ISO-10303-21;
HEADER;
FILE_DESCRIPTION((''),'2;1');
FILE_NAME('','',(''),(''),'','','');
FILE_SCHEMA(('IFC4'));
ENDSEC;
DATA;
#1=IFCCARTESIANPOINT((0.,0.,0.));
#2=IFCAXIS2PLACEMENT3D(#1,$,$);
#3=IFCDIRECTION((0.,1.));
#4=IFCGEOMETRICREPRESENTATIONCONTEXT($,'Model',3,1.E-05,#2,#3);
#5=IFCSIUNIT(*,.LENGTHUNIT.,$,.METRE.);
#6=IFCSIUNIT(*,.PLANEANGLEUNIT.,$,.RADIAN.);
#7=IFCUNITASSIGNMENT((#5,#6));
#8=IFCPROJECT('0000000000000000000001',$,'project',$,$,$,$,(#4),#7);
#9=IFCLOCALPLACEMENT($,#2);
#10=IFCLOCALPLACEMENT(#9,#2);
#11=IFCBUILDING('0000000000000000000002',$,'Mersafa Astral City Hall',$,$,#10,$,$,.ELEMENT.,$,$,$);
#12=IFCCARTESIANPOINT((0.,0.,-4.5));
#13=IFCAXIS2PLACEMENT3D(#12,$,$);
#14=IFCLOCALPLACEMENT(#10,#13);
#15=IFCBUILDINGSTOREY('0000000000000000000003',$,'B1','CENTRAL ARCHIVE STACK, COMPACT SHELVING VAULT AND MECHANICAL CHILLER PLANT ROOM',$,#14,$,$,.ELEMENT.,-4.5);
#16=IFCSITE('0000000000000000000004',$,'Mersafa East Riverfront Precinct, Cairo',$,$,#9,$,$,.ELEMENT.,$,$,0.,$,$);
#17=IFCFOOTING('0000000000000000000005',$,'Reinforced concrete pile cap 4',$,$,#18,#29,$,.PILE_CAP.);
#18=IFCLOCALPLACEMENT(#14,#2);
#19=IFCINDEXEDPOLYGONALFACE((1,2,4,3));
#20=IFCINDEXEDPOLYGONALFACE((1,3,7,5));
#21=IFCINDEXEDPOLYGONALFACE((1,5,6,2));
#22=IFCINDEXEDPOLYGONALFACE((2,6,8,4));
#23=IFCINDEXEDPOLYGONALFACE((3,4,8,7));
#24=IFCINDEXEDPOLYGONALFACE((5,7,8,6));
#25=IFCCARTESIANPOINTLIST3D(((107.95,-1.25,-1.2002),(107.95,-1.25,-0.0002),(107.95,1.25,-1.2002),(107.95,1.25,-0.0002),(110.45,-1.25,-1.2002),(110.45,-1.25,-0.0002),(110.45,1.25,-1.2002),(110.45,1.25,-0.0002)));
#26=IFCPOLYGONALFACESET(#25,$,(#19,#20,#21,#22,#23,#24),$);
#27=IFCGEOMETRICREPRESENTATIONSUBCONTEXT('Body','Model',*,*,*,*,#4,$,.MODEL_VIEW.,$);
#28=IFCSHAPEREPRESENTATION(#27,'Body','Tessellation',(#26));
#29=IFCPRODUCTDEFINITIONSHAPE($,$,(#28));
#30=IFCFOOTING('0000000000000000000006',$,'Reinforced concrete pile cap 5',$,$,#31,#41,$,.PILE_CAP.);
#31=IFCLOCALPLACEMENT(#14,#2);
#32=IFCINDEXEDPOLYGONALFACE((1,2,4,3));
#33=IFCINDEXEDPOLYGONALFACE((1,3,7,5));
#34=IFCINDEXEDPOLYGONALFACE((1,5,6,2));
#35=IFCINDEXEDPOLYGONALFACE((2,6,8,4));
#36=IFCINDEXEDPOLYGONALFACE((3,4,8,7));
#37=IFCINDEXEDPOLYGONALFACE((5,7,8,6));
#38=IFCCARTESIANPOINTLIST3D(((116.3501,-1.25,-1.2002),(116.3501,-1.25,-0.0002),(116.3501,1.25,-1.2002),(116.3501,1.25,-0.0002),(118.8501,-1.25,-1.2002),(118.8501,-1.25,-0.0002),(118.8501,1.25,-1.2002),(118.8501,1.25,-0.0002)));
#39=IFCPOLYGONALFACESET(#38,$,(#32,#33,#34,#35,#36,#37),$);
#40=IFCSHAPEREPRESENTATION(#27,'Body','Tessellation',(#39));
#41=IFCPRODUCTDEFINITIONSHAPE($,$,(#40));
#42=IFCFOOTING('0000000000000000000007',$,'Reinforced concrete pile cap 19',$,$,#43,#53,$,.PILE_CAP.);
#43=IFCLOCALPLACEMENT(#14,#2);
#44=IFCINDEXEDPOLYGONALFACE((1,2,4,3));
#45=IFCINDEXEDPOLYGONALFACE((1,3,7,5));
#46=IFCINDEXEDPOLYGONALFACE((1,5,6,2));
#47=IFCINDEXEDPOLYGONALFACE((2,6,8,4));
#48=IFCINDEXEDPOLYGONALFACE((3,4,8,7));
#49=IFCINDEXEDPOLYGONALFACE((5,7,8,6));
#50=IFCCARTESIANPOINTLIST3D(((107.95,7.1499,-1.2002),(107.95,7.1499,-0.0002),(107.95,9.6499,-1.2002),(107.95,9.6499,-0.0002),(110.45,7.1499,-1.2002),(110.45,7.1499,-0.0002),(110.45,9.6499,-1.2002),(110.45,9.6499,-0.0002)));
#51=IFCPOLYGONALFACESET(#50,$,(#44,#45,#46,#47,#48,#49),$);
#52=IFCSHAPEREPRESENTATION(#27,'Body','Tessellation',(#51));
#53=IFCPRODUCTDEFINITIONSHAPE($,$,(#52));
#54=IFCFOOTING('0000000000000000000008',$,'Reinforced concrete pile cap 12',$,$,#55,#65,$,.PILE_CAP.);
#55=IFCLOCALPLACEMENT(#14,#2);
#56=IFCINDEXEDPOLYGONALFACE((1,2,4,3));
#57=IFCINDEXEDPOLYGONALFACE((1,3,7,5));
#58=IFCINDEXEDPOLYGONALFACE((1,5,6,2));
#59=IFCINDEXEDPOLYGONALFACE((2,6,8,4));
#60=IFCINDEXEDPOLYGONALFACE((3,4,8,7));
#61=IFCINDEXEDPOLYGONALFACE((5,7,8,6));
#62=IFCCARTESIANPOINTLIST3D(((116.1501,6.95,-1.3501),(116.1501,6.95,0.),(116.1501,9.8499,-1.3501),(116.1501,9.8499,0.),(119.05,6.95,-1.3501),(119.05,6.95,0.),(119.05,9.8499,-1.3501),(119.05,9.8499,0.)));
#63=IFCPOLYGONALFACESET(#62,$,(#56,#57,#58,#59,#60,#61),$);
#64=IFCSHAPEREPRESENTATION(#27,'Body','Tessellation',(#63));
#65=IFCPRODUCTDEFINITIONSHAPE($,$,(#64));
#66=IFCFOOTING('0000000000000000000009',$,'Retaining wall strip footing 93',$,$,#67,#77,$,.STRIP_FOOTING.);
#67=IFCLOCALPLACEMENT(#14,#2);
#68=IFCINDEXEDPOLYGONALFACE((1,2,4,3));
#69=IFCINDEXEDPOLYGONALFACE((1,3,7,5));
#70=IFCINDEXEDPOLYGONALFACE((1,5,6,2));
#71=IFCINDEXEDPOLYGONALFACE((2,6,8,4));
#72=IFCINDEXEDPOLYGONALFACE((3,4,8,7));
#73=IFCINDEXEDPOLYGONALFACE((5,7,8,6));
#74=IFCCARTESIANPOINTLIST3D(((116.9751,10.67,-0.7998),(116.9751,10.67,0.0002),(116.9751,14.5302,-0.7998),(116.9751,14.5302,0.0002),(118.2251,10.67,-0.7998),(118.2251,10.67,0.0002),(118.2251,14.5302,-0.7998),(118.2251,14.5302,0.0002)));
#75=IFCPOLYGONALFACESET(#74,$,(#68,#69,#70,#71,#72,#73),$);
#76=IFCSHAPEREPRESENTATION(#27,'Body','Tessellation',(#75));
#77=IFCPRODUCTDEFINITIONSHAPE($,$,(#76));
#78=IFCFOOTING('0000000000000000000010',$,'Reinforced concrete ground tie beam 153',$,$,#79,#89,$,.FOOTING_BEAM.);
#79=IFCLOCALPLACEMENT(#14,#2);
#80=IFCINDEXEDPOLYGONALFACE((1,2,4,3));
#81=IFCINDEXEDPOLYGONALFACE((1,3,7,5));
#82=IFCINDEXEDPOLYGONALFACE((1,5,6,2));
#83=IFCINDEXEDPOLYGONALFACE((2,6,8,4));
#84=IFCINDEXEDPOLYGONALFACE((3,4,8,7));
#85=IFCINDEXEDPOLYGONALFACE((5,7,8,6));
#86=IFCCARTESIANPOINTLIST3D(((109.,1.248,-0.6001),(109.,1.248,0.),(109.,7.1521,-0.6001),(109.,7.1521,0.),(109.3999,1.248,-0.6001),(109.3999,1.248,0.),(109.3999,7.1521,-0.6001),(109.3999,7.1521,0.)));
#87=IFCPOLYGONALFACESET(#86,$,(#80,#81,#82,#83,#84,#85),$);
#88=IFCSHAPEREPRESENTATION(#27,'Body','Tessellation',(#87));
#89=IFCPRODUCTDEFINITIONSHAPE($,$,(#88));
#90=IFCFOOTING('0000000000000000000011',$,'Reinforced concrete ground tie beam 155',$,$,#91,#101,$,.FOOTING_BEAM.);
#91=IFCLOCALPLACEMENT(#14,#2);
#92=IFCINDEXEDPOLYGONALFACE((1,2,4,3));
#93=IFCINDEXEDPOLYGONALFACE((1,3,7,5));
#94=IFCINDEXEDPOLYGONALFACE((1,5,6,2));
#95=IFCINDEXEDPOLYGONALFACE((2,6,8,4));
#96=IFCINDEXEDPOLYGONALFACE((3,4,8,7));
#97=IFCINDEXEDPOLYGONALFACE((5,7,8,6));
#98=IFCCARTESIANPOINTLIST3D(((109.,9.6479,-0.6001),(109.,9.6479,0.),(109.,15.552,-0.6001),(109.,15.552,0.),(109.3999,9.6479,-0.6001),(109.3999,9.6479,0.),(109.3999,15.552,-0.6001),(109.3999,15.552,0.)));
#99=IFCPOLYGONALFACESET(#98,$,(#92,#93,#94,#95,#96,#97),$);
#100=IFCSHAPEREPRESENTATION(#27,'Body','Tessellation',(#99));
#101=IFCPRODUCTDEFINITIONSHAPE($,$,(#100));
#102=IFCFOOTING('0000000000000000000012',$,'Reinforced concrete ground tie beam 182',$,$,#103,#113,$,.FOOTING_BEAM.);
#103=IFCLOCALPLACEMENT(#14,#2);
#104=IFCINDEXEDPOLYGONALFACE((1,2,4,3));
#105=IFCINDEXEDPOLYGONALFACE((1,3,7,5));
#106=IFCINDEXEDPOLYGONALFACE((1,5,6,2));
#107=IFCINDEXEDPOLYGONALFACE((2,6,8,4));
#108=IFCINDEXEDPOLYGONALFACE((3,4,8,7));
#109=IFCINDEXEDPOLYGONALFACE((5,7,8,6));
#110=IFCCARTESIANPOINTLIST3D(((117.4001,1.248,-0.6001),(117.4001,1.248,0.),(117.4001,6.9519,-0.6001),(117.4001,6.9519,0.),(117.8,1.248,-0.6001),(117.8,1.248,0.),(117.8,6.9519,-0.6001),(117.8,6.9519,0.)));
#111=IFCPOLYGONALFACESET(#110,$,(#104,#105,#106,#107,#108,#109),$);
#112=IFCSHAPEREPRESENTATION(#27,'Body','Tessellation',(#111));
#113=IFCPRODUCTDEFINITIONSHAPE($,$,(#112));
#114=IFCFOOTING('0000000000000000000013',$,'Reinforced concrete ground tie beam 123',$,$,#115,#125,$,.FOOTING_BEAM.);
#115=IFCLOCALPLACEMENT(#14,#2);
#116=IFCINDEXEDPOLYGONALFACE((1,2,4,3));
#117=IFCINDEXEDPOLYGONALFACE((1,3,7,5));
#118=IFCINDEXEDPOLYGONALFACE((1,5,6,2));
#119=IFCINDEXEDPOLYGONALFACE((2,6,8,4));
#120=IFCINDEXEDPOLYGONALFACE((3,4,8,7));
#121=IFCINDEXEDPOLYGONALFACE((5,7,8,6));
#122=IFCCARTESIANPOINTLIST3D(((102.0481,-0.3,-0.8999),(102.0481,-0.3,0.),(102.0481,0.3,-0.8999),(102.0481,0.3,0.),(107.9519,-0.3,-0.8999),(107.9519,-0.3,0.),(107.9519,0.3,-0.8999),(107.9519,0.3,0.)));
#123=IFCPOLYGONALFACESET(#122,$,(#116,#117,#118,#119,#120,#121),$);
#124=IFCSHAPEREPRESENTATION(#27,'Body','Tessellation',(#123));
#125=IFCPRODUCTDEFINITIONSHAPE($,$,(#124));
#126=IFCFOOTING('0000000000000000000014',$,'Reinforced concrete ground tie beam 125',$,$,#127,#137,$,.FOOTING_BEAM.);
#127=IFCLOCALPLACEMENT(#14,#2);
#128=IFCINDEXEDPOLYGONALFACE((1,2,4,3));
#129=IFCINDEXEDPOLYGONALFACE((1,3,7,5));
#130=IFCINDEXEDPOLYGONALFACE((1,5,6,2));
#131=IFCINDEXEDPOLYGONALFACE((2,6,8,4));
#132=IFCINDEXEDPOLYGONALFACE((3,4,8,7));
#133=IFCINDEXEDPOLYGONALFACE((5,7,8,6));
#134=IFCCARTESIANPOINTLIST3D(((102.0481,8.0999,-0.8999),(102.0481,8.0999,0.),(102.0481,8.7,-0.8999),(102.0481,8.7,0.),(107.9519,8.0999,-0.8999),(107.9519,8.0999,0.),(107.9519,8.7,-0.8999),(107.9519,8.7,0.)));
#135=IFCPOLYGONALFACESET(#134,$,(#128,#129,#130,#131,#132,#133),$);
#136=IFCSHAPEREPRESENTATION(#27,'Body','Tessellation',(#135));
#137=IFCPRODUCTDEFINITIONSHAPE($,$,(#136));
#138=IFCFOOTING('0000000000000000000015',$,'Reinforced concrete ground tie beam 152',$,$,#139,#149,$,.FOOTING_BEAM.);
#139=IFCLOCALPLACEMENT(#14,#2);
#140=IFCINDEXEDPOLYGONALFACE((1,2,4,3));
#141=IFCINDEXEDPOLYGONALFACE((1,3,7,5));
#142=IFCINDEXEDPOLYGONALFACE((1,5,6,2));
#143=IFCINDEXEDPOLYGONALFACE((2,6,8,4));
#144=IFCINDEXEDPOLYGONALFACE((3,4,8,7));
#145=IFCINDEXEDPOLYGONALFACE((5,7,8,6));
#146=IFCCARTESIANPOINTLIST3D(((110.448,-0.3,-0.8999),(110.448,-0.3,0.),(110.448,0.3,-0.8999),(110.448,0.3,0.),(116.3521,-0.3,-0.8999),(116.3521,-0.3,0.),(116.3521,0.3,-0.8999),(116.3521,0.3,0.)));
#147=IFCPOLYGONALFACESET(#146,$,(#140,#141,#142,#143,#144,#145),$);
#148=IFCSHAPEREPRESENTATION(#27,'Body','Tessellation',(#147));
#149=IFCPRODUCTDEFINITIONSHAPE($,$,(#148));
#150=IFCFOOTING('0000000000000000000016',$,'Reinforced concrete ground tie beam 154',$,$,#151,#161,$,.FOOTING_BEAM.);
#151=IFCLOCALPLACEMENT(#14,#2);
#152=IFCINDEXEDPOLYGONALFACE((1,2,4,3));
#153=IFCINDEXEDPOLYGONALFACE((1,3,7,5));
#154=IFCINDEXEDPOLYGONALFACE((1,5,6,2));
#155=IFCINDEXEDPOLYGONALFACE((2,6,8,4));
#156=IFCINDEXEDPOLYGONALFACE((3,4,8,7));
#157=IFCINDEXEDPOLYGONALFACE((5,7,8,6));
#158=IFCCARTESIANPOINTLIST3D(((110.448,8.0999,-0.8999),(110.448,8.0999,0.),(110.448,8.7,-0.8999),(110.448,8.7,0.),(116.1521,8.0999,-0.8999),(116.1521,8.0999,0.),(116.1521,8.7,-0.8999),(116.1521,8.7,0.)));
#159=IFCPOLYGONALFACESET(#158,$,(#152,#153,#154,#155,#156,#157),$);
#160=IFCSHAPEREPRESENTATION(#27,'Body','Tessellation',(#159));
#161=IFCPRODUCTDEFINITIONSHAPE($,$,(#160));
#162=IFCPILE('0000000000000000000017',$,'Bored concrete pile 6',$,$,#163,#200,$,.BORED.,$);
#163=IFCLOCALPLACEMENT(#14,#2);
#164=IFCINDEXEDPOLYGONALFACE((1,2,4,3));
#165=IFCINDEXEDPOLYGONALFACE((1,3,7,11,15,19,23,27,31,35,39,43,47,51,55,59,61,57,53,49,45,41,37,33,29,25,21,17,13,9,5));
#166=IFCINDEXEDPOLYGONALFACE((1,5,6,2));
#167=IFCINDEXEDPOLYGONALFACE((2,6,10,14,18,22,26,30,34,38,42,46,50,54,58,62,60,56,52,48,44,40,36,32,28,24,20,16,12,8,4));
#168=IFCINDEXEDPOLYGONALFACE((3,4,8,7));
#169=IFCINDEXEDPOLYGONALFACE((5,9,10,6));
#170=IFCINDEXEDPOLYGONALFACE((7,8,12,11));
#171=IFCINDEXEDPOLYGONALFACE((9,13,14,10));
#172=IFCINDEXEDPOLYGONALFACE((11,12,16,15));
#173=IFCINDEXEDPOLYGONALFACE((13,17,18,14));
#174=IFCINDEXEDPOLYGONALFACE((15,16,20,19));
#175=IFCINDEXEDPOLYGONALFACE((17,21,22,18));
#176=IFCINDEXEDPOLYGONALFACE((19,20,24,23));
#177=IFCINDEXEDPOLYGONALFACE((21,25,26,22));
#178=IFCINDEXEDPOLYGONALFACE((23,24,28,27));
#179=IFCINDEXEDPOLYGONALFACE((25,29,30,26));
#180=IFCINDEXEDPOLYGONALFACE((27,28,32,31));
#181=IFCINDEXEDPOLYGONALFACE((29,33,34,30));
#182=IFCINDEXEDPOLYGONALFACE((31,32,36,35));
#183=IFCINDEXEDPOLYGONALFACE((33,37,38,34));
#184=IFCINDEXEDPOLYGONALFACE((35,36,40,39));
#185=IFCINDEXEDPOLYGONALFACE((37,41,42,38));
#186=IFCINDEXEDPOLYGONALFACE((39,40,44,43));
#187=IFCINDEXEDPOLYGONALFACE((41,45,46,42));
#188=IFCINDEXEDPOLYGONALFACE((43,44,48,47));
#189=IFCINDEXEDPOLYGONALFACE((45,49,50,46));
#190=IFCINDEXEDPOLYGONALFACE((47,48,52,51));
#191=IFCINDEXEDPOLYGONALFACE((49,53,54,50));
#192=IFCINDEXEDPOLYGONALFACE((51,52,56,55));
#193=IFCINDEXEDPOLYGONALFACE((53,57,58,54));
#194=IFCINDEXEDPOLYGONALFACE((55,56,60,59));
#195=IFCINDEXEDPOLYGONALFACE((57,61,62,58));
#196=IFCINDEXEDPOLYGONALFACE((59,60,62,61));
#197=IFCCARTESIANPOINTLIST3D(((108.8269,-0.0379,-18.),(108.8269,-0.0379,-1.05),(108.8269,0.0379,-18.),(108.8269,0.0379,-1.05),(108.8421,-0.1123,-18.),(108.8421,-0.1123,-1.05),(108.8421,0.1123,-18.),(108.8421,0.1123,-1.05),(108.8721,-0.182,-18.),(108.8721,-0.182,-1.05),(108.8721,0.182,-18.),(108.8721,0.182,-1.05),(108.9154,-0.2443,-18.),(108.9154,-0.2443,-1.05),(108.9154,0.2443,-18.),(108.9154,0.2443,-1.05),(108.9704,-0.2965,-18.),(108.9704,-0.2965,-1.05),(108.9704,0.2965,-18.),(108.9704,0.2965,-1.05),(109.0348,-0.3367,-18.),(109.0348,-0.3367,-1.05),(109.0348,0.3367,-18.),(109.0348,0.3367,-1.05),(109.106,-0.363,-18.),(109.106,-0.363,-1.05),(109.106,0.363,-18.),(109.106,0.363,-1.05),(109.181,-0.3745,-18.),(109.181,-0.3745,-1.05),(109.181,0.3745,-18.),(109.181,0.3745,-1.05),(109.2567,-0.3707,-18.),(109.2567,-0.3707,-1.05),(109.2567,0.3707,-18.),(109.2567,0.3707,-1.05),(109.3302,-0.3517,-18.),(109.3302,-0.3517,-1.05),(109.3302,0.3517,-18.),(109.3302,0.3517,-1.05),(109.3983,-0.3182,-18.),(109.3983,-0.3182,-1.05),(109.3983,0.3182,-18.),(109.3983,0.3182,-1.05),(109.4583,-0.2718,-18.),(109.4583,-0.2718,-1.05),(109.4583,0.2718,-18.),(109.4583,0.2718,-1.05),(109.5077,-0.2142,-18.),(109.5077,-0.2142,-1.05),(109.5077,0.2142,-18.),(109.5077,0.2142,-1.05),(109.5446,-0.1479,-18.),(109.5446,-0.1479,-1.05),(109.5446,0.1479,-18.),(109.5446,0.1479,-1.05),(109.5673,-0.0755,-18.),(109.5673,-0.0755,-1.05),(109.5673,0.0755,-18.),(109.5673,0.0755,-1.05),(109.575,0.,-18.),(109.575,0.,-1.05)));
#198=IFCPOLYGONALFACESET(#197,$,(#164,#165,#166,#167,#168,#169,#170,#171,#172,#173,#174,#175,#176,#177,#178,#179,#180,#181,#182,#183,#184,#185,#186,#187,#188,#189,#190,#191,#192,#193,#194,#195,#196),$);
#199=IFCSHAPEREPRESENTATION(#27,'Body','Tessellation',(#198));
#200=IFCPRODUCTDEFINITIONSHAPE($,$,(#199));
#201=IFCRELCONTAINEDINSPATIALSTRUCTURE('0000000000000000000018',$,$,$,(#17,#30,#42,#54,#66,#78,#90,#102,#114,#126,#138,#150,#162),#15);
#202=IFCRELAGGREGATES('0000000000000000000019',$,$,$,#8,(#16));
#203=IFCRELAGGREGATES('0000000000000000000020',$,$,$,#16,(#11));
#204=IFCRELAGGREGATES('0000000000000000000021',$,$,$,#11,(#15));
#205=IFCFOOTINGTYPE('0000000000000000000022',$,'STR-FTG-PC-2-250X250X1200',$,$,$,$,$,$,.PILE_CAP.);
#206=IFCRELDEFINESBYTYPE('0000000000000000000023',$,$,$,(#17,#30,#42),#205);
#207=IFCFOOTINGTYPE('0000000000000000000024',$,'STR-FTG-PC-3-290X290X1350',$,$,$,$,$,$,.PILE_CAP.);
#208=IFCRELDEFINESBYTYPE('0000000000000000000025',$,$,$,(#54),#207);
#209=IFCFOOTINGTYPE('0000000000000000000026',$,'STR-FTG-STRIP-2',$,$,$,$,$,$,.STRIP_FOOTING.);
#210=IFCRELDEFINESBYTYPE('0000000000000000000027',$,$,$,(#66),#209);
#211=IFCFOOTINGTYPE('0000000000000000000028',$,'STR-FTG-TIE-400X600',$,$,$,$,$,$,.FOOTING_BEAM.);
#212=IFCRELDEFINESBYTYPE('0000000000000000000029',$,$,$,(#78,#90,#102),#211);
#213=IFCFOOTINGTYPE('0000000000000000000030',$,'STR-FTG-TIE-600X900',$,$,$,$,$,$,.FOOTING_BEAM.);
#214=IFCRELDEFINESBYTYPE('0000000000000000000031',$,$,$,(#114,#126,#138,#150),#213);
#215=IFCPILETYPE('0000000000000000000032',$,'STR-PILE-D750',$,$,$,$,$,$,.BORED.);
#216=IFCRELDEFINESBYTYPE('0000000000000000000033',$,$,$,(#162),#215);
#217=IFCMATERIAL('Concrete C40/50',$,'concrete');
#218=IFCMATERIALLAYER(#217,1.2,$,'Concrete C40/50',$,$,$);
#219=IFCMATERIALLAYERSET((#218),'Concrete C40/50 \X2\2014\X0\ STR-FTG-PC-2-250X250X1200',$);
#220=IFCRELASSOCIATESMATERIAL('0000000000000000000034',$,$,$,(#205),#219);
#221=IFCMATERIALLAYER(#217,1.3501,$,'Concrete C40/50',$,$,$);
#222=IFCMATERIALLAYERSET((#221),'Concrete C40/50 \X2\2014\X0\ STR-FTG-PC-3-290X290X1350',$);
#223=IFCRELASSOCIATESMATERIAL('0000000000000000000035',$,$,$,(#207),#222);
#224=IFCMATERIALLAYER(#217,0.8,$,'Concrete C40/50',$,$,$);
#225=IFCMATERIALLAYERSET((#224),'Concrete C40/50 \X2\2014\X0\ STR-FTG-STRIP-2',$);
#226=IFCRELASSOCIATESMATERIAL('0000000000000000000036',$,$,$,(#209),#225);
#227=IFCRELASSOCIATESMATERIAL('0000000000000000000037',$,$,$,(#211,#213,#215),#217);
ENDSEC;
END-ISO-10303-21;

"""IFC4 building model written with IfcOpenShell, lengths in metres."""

from ifc_helpers import new_model, si_unit, direction, frame, origin, origin_2d, place, context, subcontext, project, spatial, rectangle, circle, extrude, material, layer, layer_set, material_profile, profile_set, type_object, element, save


model = new_model("IFC4")

# Units and contexts
model_context = context("Model", 3, precision=1e-05, world=origin(), true_north=direction((0.0, 1.0)))
body_context = subcontext(model_context, "Body", "Model", "MODEL_VIEW")
ifc_project = project(units=[si_unit("LENGTHUNIT", "METRE"), si_unit("PLANEANGLEUNIT", "RADIAN")], contexts=[model_context])

# Site, building, storey
site_placement = place(None, origin())
site = spatial("IfcSite", under=ifc_project, at=site_placement, Name="Mersafa East Riverfront Precinct, Cairo", CompositionType="ELEMENT", RefElevation=0.0)
building_placement = place(site_placement, origin())
building = spatial("IfcBuilding", under=site, at=building_placement, Name="Mersafa Astral City Hall", CompositionType="ELEMENT")
storey_placement = place(building_placement, frame((0.0, 0.0, -4.5)))
storey = spatial("IfcBuildingStorey", under=building, at=storey_placement, Name="B1", Description="CENTRAL ARCHIVE STACK, COMPACT SHELVING VAULT AND MECHANICAL CHILLER PLANT ROOM", CompositionType="ELEMENT", Elevation=-4.5)

# Footings
ifc_material_1 = material(Name="Concrete C40/50", Category="concrete")
ifc_layer_1 = layer(ifc_material_1, 1.2, Name="Concrete C40/50")
ifc_layer_set_1 = layer_set([ifc_layer_1], Name="Concrete C40/50 — STR-FTG-PC-2-250X250X1200")
footing_type_1 = type_object("IfcFootingType", Name="STR-FTG-PC-2-250X250X1200", PredefinedType="PILE_CAP", material=ifc_layer_set_1)
for number, where, z_axis, x_axis, name in (
    (1, (109.2, 0.0, -1.2002), (0.0, 0.0, 1.0), (1.0, 0.0, 0.0), "Reinforced concrete pile cap 4"),
    (2, (117.6001, 0.0, -1.2002), (0.0, 0.0, 1.0), (1.0, 0.0, 0.0), "Reinforced concrete pile cap 5"),
    (3, (109.2, 8.3999, -1.2002), (0.0, 0.0, 1.0), (1.0, 0.0, 0.0), "Reinforced concrete pile cap 19"),
):
    element("IfcFooting", number, at=place(storey_placement, frame(where, z_axis=z_axis, x_axis=x_axis)), inside=storey, type_object=footing_type_1, Name=name, PredefinedType="PILE_CAP", context=body_context, shape_type="SweptSolid", body=[
        extrude(rectangle(XDim=2.5, YDim=2.5, at=origin_2d()), origin(), (0.0, 0.0, 1.0), 1.2),
    ])
ifc_layer_2 = layer(ifc_material_1, 1.3501, Name="Concrete C40/50")
ifc_layer_set_2 = layer_set([ifc_layer_2], Name="Concrete C40/50 — STR-FTG-PC-3-290X290X1350")
footing_type_2 = type_object("IfcFootingType", Name="STR-FTG-PC-3-290X290X1350", PredefinedType="PILE_CAP", material=ifc_layer_set_2)
footing_1_placement = place(storey_placement, frame((117.6001, 8.3999, -1.3501), z_axis=(0.0, 0.0, 1.0), x_axis=(1.0, 0.0, 0.0)))
element("IfcFooting", 4, at=footing_1_placement, inside=storey, type_object=footing_type_2, Name="Reinforced concrete pile cap 12", PredefinedType="PILE_CAP", context=body_context, shape_type="SweptSolid", body=[
    extrude(rectangle(XDim=2.8999, YDim=2.8999, at=origin_2d()), origin(), (0.0, 0.0, 1.0), 1.3501),
])
ifc_layer_3 = layer(ifc_material_1, 0.8, Name="Concrete C40/50")
ifc_layer_set_3 = layer_set([ifc_layer_3], Name="Concrete C40/50 — STR-FTG-STRIP-2")
footing_type_3 = type_object("IfcFootingType", Name="STR-FTG-STRIP-2", PredefinedType="STRIP_FOOTING", material=ifc_layer_set_3)
footing_2_placement = place(storey_placement, frame((117.6001, 12.6001, -0.7998), z_axis=(0.0, 0.0, 1.0), x_axis=(0.0, 1.0, 0.0)))
element("IfcFooting", 5, at=footing_2_placement, inside=storey, type_object=footing_type_3, Name="Retaining wall strip footing 93", PredefinedType="STRIP_FOOTING", context=body_context, shape_type="SweptSolid", body=[
    extrude(rectangle(XDim=3.8601, YDim=1.25, at=origin_2d()), origin(), (0.0, 0.0, 1.0), 0.8),
])
ifc_material_profile_1 = material_profile(ifc_material_1, rectangle(XDim=0.3999, YDim=0.6001, at=origin_2d()), Name="RC 400x600")
ifc_profile_set_1 = profile_set([ifc_material_profile_1], Name="Concrete C40/50")
footing_type_4 = type_object("IfcFootingType", Name="STR-FTG-TIE-400X600", PredefinedType="FOOTING_BEAM", material=ifc_profile_set_1)
for number, where, z_axis, x_axis, name in (
    (6, (109.2, 1.248, -0.3), (0.0, 1.0, 0.0), (-1.0, 0.0, 0.0), "Reinforced concrete ground tie beam 153"),
    (7, (109.2, 9.6479, -0.3), (0.0, 1.0, 0.0), (-1.0, 0.0, 0.0), "Reinforced concrete ground tie beam 155"),
):
    element("IfcFooting", number, at=place(storey_placement, frame(where, z_axis=z_axis, x_axis=x_axis)), inside=storey, type_object=footing_type_4, Name=name, PredefinedType="FOOTING_BEAM", context=body_context, shape_type="SweptSolid", body=[
        extrude(rectangle(XDim=0.3999, YDim=0.6001, at=origin_2d()), origin(), (0.0, 0.0, 1.0), 5.9041),
    ])
footing_3_placement = place(storey_placement, frame((117.6001, 1.248, -0.3), z_axis=(0.0, 1.0, 0.0), x_axis=(-1.0, 0.0, 0.0)))
element("IfcFooting", 8, at=footing_3_placement, inside=storey, type_object=footing_type_4, Name="Reinforced concrete ground tie beam 182", PredefinedType="FOOTING_BEAM", context=body_context, shape_type="SweptSolid", body=[
    extrude(rectangle(XDim=0.3999, YDim=0.6001, at=origin_2d()), origin(), (0.0, 0.0, 1.0), 5.7039),
])
ifc_material_profile_2 = material_profile(ifc_material_1, rectangle(XDim=0.6001, YDim=0.8999, at=origin_2d()), Name="RC 600x900")
ifc_profile_set_2 = profile_set([ifc_material_profile_2], Name="Concrete C40/50")
footing_type_5 = type_object("IfcFootingType", Name="STR-FTG-TIE-600X900", PredefinedType="FOOTING_BEAM", material=ifc_profile_set_2)
for number, where, z_axis, x_axis, name in (
    (9, (102.0481, 0.0, -0.45), (1.0, 0.0, 0.0), (0.0, 1.0, 0.0), "Reinforced concrete ground tie beam 123"),
    (10, (102.0481, 8.3999, -0.45), (1.0, 0.0, 0.0), (0.0, 1.0, 0.0), "Reinforced concrete ground tie beam 125"),
):
    element("IfcFooting", number, at=place(storey_placement, frame(where, z_axis=z_axis, x_axis=x_axis)), inside=storey, type_object=footing_type_5, Name=name, PredefinedType="FOOTING_BEAM", context=body_context, shape_type="SweptSolid", body=[
        extrude(rectangle(XDim=0.6001, YDim=0.8999, at=origin_2d()), origin(), (0.0, 0.0, 1.0), 5.9038),
    ])
footing_4_placement = place(storey_placement, frame((110.448, 0.0, -0.45), z_axis=(1.0, 0.0, 0.0), x_axis=(0.0, 1.0, 0.0)))
element("IfcFooting", 11, at=footing_4_placement, inside=storey, type_object=footing_type_5, Name="Reinforced concrete ground tie beam 152", PredefinedType="FOOTING_BEAM", context=body_context, shape_type="SweptSolid", body=[
    extrude(rectangle(XDim=0.6001, YDim=0.8999, at=origin_2d()), origin(), (0.0, 0.0, 1.0), 5.9041),
])
footing_5_placement = place(storey_placement, frame((110.448, 8.3999, -0.45), z_axis=(1.0, 0.0, 0.0), x_axis=(0.0, 1.0, 0.0)))
element("IfcFooting", 12, at=footing_5_placement, inside=storey, type_object=footing_type_5, Name="Reinforced concrete ground tie beam 154", PredefinedType="FOOTING_BEAM", context=body_context, shape_type="SweptSolid", body=[
    extrude(rectangle(XDim=0.6001, YDim=0.8999, at=origin_2d()), origin(), (0.0, 0.0, 1.0), 5.7041),
])

# Pile
ifc_material_profile_3 = material_profile(ifc_material_1, circle(Radius=0.375, at=origin_2d()), Name="PILE D750")
ifc_profile_set_3 = profile_set([ifc_material_profile_3], Name="Concrete C40/50")
pile_type_1 = type_object("IfcPileType", Name="STR-PILE-D750", PredefinedType="BORED", material=ifc_profile_set_3)
for number, where, z_axis, x_axis, name in (
    (13, (109.2, 0.0, -1.05), (0.0, 0.0, -1.0), (1.0, 0.0, 0.0), "Bored concrete pile 6"),
):
    element("IfcPile", number, at=place(storey_placement, frame(where, z_axis=z_axis, x_axis=x_axis)), inside=storey, type_object=pile_type_1, Name=name, PredefinedType="BORED", context=body_context, shape_type="SweptSolid", body=[
        extrude(circle(Radius=0.375, at=origin_2d()), origin(), (0.0, 0.0, 1.0), 16.95),
    ])

save(model, "model.ifc")
